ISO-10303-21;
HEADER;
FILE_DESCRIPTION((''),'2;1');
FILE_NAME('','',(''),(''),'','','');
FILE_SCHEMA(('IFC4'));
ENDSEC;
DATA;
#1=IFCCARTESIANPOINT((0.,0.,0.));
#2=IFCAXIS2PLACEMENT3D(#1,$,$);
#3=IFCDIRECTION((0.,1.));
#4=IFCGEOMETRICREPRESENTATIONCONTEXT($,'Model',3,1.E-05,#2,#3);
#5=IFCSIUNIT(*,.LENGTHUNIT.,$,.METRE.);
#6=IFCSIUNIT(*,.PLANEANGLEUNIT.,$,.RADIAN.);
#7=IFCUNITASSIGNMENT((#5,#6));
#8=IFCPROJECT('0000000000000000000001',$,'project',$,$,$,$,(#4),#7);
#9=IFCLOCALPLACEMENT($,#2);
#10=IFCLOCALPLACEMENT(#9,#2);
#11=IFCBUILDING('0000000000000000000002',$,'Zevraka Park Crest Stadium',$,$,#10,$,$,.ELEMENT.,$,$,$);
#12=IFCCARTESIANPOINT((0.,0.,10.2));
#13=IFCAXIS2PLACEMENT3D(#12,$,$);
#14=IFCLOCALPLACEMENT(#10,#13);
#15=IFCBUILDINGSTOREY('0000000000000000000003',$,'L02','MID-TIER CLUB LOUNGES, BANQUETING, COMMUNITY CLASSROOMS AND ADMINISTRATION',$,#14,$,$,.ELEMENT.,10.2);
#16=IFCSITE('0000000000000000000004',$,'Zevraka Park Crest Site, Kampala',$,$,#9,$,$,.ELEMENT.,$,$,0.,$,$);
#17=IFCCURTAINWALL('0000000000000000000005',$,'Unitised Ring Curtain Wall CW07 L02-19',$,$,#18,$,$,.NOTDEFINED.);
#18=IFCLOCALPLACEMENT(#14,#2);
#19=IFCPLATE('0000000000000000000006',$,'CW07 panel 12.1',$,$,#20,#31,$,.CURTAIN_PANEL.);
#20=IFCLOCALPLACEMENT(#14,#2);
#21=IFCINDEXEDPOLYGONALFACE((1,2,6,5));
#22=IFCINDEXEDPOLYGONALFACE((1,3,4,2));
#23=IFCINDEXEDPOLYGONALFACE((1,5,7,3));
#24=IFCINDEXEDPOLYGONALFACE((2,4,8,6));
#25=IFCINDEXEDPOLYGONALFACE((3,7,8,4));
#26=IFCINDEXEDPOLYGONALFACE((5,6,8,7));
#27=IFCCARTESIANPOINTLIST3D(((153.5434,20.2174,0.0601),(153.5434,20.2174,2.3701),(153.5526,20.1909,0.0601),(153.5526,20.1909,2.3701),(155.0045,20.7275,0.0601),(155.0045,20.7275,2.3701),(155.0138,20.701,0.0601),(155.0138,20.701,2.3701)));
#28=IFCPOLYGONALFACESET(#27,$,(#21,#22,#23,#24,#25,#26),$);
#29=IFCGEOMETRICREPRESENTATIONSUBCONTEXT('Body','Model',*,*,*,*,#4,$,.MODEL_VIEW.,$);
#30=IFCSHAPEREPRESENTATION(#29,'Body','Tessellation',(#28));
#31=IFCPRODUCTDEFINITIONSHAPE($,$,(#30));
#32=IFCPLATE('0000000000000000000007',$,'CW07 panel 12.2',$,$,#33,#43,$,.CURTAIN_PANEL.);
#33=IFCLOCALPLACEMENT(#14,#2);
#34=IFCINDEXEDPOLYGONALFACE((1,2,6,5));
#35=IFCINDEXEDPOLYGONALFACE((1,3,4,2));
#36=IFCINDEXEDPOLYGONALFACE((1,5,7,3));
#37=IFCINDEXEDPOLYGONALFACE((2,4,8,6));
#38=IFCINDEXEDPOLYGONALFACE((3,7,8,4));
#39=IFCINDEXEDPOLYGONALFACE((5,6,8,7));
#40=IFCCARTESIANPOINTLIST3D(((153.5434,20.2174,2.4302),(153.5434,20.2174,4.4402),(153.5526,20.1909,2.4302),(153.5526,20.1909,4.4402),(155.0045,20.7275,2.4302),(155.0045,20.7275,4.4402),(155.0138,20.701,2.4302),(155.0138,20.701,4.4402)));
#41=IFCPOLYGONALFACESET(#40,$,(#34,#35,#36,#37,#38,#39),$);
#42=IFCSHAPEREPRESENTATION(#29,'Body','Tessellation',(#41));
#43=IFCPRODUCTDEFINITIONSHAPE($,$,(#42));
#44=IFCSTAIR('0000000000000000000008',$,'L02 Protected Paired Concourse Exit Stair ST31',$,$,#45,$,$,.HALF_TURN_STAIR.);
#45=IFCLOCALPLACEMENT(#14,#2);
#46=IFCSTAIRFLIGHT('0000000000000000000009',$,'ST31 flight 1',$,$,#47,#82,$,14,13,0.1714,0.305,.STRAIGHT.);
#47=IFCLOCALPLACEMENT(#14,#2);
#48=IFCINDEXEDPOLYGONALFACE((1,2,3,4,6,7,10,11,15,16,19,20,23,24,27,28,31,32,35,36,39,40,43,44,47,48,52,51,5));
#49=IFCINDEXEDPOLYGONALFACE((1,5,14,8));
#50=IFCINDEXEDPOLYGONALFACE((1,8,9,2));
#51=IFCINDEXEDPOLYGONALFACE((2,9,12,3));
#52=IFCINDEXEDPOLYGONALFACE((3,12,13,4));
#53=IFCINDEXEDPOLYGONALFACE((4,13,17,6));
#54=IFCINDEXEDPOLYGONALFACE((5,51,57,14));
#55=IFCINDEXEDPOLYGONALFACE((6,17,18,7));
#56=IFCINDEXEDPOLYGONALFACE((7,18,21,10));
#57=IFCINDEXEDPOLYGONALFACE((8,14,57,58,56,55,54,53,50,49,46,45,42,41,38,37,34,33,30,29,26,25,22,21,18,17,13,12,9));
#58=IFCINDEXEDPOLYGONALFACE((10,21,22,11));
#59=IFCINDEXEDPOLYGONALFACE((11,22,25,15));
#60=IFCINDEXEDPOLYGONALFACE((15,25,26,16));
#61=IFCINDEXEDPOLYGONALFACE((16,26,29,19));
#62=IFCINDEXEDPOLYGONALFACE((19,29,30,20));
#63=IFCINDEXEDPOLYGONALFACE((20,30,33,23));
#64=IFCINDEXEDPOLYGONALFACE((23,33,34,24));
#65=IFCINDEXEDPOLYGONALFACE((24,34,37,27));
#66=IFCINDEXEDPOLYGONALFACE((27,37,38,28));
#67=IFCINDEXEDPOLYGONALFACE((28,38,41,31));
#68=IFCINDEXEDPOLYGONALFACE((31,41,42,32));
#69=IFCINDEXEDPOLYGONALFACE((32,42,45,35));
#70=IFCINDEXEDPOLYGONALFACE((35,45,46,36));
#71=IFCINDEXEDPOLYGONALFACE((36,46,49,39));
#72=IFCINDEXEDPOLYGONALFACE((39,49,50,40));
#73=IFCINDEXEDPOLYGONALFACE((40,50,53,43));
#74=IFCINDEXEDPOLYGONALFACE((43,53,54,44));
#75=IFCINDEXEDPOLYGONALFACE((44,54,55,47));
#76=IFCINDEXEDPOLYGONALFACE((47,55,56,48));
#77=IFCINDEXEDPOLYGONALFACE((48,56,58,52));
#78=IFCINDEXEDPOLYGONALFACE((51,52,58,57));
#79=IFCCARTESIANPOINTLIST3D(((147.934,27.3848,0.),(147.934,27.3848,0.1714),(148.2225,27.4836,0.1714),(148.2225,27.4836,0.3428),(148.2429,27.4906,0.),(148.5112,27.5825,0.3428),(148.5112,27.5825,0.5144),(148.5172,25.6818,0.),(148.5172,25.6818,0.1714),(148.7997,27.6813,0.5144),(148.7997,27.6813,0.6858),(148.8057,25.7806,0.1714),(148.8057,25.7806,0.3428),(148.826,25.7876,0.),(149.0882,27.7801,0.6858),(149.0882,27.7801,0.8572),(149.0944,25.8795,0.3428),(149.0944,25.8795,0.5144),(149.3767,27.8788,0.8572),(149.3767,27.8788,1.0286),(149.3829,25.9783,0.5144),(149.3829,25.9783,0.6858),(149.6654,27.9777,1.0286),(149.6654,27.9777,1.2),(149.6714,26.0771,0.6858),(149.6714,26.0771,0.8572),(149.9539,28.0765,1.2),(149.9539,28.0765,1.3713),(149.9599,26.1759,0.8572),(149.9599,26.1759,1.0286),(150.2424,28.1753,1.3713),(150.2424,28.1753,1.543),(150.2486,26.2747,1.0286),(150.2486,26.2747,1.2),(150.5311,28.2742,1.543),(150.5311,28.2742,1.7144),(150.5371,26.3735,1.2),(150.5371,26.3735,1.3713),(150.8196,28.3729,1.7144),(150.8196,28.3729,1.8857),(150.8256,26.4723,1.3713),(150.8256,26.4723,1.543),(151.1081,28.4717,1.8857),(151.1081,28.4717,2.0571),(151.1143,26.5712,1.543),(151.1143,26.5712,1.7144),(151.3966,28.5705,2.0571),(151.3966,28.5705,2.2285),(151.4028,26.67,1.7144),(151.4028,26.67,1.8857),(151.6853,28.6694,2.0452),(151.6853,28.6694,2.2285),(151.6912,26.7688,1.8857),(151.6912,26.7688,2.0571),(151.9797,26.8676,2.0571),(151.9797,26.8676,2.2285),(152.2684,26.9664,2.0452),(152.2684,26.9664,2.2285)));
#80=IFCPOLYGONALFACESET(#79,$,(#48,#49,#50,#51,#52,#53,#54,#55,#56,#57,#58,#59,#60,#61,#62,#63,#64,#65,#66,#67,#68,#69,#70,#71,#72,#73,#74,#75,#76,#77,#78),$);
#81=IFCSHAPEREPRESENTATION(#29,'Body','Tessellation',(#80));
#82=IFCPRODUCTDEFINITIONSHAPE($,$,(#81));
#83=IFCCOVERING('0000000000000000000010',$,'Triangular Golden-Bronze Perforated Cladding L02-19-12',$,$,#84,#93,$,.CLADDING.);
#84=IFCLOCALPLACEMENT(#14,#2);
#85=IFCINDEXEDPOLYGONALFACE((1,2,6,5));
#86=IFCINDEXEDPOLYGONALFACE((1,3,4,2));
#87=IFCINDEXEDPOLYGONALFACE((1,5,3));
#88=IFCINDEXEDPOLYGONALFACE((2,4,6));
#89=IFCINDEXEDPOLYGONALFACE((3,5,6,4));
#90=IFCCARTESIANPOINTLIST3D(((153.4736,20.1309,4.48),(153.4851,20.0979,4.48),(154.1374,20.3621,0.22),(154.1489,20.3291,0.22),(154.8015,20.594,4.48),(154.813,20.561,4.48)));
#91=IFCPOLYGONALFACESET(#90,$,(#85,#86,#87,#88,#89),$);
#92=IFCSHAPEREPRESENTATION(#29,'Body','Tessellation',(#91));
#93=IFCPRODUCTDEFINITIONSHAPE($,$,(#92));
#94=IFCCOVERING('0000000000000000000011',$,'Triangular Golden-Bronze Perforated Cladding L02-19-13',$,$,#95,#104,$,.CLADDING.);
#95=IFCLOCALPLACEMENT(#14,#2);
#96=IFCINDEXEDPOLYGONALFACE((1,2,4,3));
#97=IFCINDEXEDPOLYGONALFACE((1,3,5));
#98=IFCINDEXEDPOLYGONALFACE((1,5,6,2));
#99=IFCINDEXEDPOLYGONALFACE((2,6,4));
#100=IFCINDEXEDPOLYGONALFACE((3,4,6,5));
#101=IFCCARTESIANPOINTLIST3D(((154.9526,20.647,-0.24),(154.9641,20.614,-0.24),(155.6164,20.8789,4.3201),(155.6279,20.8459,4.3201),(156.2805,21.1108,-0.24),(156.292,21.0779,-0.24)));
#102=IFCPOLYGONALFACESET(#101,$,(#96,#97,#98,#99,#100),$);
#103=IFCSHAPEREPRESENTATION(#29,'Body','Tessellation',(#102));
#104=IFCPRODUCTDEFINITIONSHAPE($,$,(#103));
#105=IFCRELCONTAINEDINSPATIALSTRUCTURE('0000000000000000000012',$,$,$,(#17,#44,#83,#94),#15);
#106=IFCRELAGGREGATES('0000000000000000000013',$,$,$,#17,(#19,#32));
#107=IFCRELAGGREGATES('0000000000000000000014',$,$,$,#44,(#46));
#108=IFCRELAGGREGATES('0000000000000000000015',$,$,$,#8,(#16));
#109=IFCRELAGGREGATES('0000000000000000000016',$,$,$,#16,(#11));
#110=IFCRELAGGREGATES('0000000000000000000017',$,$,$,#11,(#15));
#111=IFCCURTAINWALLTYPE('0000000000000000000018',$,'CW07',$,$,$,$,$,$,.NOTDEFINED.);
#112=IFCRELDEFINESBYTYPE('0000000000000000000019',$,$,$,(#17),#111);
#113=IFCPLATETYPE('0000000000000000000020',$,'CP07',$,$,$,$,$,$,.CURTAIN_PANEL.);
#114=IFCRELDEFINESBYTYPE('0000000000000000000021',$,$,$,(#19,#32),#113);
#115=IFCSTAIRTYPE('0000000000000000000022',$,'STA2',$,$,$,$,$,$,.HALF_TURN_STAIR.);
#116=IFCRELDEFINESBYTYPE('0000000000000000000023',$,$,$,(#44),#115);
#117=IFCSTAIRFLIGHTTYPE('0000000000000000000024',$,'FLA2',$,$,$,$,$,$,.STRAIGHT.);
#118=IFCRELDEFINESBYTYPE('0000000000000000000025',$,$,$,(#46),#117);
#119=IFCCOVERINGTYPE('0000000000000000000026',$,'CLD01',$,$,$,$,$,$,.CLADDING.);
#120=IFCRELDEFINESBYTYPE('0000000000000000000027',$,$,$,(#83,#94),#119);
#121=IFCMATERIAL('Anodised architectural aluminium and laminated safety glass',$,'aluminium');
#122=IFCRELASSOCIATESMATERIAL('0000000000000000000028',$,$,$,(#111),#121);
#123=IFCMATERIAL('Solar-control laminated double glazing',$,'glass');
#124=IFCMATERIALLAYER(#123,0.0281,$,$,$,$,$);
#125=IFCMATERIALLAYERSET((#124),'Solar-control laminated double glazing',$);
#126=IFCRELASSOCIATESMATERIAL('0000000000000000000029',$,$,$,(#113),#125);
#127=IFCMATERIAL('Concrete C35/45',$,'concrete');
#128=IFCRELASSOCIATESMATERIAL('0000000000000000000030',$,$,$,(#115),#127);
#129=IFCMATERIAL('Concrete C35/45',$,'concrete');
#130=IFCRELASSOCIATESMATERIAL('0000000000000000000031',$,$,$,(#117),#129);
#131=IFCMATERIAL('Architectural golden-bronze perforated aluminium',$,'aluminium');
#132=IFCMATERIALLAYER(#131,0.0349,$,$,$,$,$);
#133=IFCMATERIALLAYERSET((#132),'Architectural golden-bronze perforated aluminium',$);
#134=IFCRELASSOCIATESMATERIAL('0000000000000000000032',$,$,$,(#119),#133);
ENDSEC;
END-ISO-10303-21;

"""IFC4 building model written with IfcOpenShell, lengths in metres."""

from ifc_helpers import new_model, si_unit, direction, frame, origin, origin_2d, place, context, subcontext, project, spatial, polyline, rectangle, outline, extrude, material, layer, layer_set, type_object, element, aggregate, save


model = new_model("IFC4")

# Units and contexts
model_context = context("Model", 3, precision=1e-05, world=origin(), true_north=direction((0.0, 1.0)))
body_context = subcontext(model_context, "Body", "Model", "MODEL_VIEW")
ifc_project = project(units=[si_unit("LENGTHUNIT", "METRE"), si_unit("PLANEANGLEUNIT", "RADIAN")], contexts=[model_context])

# Site, building, storey
site_placement = place(None, origin())
site = spatial("IfcSite", under=ifc_project, at=site_placement, Name="Zevraka Park Crest Site, Kampala", CompositionType="ELEMENT", RefElevation=0.0)
building_placement = place(site_placement, origin())
building = spatial("IfcBuilding", under=site, at=building_placement, Name="Zevraka Park Crest Stadium", CompositionType="ELEMENT")
storey_placement = place(building_placement, frame((0.0, 0.0, 10.2)))
storey = spatial("IfcBuildingStorey", under=building, at=storey_placement, Name="L02", Description="MID-TIER CLUB LOUNGES, BANQUETING, COMMUNITY CLASSROOMS AND ADMINISTRATION", CompositionType="ELEMENT", Elevation=10.2)

# Curtain wall
ifc_material_1 = material(Name="Anodised architectural aluminium and laminated safety glass", Category="aluminium")
curtain_wall_type = type_object("IfcCurtainWallType", Name="CW07", PredefinedType="NOTDEFINED", material=ifc_material_1)
curtain_wall_placement = place(storey_placement, origin())
curtain_wall = element("IfcCurtainWall", 1, at=curtain_wall_placement, inside=storey, type_object=curtain_wall_type, Name="Unitised Ring Curtain Wall CW07 L02-19", PredefinedType="NOTDEFINED")

# Plates
ifc_material_2 = material(Name="Solar-control laminated double glazing", Category="glass")
ifc_layer_1 = layer(ifc_material_2, 0.0281)
ifc_layer_set_1 = layer_set([ifc_layer_1], Name="Solar-control laminated double glazing")
plate_type = type_object("IfcPlateType", Name="CP07", PredefinedType="CURTAIN_PANEL", material=ifc_layer_set_1)
plate_1_placement = place(storey_placement, frame((154.2786, 20.4592, 0.0601), z_axis=(0.0, 0.0, 1.0), x_axis=(0.944114, 0.329619, 0.0)))
plate_1 = element("IfcPlate", 2, at=plate_1_placement, type_object=plate_type, Name="CW07 panel 12.1", PredefinedType="CURTAIN_PANEL", context=body_context, shape_type="SweptSolid", body=[
    extrude(rectangle(XDim=1.5476, YDim=0.0281, at=origin_2d()), origin(), (0.0, 0.0, 1.0), 2.3101),
])
plate_2_placement = place(storey_placement, frame((154.2786, 20.4592, 2.4302), z_axis=(0.0, 0.0, 1.0), x_axis=(0.944114, 0.329619, 0.0)))
plate_2 = element("IfcPlate", 3, at=plate_2_placement, type_object=plate_type, Name="CW07 panel 12.2", PredefinedType="CURTAIN_PANEL", context=body_context, shape_type="SweptSolid", body=[
    extrude(rectangle(XDim=1.5476, YDim=0.0281, at=origin_2d()), origin(), (0.0, 0.0, 1.0), 2.01),
])
aggregate(curtain_wall, [plate_1, plate_2])

# Stair, stair flight
ifc_material_3 = material(Name="Concrete C35/45", Category="concrete")
stair_type = type_object("IfcStairType", Name="STA2", PredefinedType="HALF_TURN_STAIR", material=ifc_material_3)
stair_placement = place(storey_placement, origin())
stair = element("IfcStair", 4, at=stair_placement, inside=storey, type_object=stair_type, Name="L02 Protected Paired Concourse Exit Stair ST31", PredefinedType="HALF_TURN_STAIR")
ifc_material_4 = material(Name="Concrete C35/45", Category="concrete")
stair_flight_type = type_object("IfcStairFlightType", Name="FLA2", PredefinedType="STRAIGHT", material=ifc_material_4)
stair_flight_placement = place(storey_placement, frame((148.2256, 26.5334, 0.0), z_axis=(0.0, 0.0, 1.0), x_axis=(0.946066, 0.323974, 0.0)))
stair_flight = element("IfcStairFlight", 5, at=stair_flight_placement, type_object=stair_flight_type, Name="ST31 flight 1", NumberOfRisers=14, NumberOfTreads=13, PredefinedType="STRAIGHT", RiserHeight=0.1714, TreadLength=0.305, context=body_context, shape_type="SweptSolid", body=[
    extrude(outline(polyline([(0.0, 0.0), (0.0, 0.1714), (0.3049, 0.1714), (0.3049, 0.3428), (0.6101, 0.3428), (0.6101, 0.5144), (0.915, 0.5144), (0.915, 0.6858), (1.22, 0.6858), (1.22, 0.8572), (1.5249, 0.8572), (1.5249, 1.0286), (1.8301, 1.0286), (1.8301, 1.2), (2.135, 1.2), (2.135, 1.3713), (2.4399, 1.3713), (2.4399, 1.543), (2.7451, 1.543), (2.7451, 1.7144), (3.05, 1.7144), (3.05, 1.8857), (3.355, 1.8857), (3.355, 2.0571), (3.6599, 2.0571), (3.6599, 2.2285), (3.9651, 2.2285), (3.9651, 2.3999), (3.9651, 2.0452), (0.3264, 0.0), (0.0, 0.0)])), frame((0.0, 0.8999, 0.0), z_axis=(0.0, -1.0, 0.0), x_axis=(1.0, 0.0, 0.0)), (0.0, 0.0, 1.0), 1.8),
])
aggregate(stair, [stair_flight])

# Coverings
ifc_material_5 = material(Name="Architectural golden-bronze perforated aluminium", Category="aluminium")
ifc_layer_2 = layer(ifc_material_5, 0.0349)
ifc_layer_set_2 = layer_set([ifc_layer_2], Name="Architectural golden-bronze perforated aluminium")
covering_type = type_object("IfcCoveringType", Name="CLD01", PredefinedType="CLADDING", material=ifc_layer_set_2)
covering_1_placement = place(storey_placement, frame((154.813, 20.561, 4.48), z_axis=(0.329322, -0.944218, 0.000072), x_axis=(-0.944218, -0.329322, 0.0)))
element("IfcCovering", 6, at=covering_1_placement, inside=storey, type_object=covering_type, Name="Triangular Golden-Bronze Perforated Cladding L02-19-12", PredefinedType="CLADDING", context=body_context, shape_type="SweptSolid", body=[
    extrude(outline(polyline([(0.0, 0.0), (1.4063, 0.0), (0.7034, 4.26), (0.0, 0.0)])), origin(), (0.0, 0.0, -1.0), 0.0349),
])
covering_2_placement = place(storey_placement, frame((154.9641, 20.614, -0.24), z_axis=(0.329786, -0.944056, 0.000009), x_axis=(0.944056, 0.329786, 0.0)))
element("IfcCovering", 7, at=covering_2_placement, inside=storey, type_object=covering_type, Name="Triangular Golden-Bronze Perforated Cladding L02-19-13", PredefinedType="CLADDING", context=body_context, shape_type="SweptSolid", body=[
    extrude(outline(polyline([(0.0, 0.0), (1.4066, 0.0), (0.7032, 4.5601), (0.0, 0.0)])), origin(), (0.0, 0.0, -1.0), 0.0349),
])

save(model, "model.ifc")
